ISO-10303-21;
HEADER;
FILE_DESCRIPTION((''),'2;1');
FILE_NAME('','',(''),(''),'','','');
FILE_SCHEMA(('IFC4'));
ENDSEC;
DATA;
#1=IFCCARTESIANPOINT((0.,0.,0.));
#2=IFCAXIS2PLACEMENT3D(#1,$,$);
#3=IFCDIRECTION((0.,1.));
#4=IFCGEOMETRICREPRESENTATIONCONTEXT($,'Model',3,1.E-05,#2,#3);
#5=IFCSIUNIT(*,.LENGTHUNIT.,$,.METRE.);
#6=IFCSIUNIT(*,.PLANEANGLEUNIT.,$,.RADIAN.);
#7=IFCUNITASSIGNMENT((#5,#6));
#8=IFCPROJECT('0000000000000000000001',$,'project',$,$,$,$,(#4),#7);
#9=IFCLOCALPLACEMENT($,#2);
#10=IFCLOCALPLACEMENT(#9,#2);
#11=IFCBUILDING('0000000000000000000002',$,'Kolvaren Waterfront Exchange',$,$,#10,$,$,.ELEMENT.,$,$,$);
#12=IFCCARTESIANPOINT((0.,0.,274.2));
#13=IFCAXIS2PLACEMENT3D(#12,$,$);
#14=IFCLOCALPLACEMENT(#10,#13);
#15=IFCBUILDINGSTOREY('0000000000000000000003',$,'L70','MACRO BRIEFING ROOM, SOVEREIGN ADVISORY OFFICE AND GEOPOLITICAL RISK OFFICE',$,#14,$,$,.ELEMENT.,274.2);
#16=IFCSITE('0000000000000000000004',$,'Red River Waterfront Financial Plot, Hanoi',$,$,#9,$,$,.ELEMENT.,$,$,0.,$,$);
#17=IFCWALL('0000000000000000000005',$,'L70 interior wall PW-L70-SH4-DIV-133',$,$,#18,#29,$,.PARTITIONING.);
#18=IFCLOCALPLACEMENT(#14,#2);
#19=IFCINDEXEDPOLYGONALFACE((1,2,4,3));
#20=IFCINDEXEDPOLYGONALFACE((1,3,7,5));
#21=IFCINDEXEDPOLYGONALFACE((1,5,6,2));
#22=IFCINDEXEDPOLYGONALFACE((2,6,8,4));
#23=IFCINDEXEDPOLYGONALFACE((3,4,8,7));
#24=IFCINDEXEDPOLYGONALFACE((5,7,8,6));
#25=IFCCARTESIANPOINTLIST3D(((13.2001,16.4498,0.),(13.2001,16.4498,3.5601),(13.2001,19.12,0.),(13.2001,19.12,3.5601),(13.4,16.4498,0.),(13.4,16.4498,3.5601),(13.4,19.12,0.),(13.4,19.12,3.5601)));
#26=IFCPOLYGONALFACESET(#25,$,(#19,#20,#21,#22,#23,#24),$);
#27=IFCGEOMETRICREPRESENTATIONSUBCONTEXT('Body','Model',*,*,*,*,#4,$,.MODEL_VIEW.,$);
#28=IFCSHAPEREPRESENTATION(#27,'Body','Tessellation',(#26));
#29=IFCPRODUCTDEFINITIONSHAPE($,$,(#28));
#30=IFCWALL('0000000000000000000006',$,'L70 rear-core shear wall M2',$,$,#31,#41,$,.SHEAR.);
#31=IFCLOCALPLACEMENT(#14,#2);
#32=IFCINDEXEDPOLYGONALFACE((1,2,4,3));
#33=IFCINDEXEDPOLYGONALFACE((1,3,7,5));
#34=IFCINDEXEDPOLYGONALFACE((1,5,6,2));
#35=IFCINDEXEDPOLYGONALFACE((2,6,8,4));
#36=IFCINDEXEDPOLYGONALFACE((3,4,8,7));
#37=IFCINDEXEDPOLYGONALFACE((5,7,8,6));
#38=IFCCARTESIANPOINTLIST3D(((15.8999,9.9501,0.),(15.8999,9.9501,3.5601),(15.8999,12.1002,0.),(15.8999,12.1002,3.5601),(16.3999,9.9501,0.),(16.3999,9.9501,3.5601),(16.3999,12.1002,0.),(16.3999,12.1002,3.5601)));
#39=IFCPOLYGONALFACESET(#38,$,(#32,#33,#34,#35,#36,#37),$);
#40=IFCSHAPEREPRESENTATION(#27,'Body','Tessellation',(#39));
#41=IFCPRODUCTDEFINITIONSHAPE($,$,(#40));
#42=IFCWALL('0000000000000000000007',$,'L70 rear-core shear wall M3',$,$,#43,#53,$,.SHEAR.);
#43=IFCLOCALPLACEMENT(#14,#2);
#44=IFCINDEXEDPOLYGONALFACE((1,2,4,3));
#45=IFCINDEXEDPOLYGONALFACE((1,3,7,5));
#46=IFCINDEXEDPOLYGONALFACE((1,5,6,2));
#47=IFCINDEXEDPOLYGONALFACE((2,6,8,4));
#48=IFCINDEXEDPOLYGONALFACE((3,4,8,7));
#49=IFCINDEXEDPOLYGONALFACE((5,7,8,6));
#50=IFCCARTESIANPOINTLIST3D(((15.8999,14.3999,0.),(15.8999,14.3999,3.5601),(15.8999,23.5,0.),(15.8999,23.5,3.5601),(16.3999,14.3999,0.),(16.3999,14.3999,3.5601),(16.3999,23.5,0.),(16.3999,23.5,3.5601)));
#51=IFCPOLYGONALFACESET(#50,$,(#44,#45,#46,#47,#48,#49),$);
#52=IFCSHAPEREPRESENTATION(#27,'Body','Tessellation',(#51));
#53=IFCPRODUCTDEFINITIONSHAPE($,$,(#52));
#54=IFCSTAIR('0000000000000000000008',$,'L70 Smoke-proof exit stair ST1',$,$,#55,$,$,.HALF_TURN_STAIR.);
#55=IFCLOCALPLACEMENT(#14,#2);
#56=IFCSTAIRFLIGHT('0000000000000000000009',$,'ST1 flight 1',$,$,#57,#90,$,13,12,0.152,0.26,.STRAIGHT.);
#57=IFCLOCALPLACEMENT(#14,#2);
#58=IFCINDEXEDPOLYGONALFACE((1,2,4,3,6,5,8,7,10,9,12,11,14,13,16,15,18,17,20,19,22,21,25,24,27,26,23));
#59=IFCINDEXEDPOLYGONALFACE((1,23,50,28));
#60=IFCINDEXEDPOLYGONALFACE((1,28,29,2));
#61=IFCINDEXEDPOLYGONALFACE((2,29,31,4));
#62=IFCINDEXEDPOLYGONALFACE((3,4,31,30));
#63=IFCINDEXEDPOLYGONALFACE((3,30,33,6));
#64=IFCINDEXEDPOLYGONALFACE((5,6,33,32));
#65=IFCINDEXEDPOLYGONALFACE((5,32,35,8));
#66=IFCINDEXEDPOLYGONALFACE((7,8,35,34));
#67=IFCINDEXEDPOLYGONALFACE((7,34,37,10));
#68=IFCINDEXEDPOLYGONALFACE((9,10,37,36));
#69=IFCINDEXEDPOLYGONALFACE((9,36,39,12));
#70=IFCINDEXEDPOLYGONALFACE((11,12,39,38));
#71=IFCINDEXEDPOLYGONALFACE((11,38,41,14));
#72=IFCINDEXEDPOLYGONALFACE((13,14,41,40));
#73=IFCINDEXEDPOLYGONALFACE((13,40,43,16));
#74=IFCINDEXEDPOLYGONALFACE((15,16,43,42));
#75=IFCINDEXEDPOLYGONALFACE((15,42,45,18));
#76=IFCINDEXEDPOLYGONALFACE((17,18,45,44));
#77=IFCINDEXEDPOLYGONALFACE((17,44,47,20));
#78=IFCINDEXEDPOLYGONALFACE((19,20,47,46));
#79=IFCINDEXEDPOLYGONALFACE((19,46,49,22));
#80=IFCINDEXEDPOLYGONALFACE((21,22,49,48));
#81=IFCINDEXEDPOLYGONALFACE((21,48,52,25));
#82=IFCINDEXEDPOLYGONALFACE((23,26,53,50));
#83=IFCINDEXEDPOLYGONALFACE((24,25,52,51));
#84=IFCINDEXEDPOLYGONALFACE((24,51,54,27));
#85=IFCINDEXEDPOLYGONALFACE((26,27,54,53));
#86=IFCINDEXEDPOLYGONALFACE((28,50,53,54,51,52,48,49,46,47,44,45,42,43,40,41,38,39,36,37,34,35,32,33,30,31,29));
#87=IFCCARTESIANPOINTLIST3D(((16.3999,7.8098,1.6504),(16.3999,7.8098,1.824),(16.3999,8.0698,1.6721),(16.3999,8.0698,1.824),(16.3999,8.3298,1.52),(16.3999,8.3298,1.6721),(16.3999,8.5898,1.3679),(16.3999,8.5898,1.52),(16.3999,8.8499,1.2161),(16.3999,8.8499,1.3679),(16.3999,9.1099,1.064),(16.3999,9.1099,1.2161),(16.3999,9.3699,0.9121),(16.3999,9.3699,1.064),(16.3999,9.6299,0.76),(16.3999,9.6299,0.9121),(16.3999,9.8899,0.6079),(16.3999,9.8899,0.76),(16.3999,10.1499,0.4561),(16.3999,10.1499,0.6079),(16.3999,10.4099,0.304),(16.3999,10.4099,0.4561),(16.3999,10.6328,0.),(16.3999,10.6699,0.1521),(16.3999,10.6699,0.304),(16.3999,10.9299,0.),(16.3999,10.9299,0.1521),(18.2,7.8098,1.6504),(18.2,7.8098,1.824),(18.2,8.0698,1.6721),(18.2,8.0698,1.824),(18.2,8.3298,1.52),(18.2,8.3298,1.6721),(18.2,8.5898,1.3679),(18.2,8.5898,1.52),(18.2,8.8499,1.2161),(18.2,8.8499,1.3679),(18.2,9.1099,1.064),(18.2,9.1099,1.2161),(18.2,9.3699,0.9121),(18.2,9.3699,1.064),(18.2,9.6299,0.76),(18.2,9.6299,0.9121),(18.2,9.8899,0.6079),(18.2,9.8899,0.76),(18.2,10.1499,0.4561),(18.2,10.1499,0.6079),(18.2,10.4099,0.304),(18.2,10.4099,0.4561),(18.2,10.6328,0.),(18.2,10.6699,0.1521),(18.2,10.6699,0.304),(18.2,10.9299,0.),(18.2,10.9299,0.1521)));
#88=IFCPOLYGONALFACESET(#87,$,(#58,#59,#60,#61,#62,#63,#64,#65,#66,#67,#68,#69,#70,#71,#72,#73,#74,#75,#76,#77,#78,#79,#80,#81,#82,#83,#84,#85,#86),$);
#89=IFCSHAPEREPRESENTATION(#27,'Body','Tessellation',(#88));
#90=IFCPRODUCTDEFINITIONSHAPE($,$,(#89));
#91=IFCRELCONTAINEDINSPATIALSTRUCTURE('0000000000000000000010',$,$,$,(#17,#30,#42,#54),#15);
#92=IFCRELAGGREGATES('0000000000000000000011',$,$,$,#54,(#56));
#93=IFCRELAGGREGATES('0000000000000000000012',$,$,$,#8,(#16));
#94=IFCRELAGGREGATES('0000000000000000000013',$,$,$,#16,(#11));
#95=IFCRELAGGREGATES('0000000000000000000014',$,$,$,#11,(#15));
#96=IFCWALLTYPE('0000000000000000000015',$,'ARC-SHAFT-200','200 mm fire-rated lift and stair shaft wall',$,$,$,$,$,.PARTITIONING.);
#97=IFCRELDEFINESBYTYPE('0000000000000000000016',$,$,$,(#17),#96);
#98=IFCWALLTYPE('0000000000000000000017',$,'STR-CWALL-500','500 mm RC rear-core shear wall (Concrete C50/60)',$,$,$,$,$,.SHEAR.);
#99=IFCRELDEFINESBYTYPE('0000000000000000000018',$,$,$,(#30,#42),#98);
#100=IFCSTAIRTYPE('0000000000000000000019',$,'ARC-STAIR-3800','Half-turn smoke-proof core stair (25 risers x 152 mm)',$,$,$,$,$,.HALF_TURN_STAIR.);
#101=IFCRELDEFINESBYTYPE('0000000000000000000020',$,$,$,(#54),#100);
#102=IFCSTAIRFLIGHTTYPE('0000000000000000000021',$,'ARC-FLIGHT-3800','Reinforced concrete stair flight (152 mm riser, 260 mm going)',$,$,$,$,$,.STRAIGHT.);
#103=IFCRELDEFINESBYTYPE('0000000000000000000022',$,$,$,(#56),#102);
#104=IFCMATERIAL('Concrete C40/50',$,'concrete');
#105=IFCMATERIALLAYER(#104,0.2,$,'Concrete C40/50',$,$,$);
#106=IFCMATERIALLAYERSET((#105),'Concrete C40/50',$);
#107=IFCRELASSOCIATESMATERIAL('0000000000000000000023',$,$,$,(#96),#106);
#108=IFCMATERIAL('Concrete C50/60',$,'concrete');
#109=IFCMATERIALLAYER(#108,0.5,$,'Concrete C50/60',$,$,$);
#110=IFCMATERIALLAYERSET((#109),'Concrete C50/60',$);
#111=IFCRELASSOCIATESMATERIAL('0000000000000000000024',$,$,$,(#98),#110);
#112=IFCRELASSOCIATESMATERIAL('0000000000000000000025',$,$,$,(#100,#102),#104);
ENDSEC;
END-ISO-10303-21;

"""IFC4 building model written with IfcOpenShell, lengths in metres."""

from ifc_helpers import new_model, si_unit, direction, frame, frame_2d, origin, place, context, subcontext, project, spatial, polyline, rectangle, outline, extrude, material, layer, layer_set, type_object, element, aggregate, save


model = new_model("IFC4")

# Units and contexts
model_context = context("Model", 3, precision=1e-05, world=origin(), true_north=direction((0.0, 1.0)))
body_context = subcontext(model_context, "Body", "Model", "MODEL_VIEW")
ifc_project = project(units=[si_unit("LENGTHUNIT", "METRE"), si_unit("PLANEANGLEUNIT", "RADIAN")], contexts=[model_context])

# Site, building, storey
site_placement = place(None, origin())
site = spatial("IfcSite", under=ifc_project, at=site_placement, Name="Red River Waterfront Financial Plot, Hanoi", CompositionType="ELEMENT", RefElevation=0.0)
building_placement = place(site_placement, origin())
building = spatial("IfcBuilding", under=site, at=building_placement, Name="Kolvaren Waterfront Exchange", CompositionType="ELEMENT")
storey_placement = place(building_placement, frame((0.0, 0.0, 274.2)))
storey = spatial("IfcBuildingStorey", under=building, at=storey_placement, Name="L70", Description="MACRO BRIEFING ROOM, SOVEREIGN ADVISORY OFFICE AND GEOPOLITICAL RISK OFFICE", CompositionType="ELEMENT", Elevation=274.2)

# Walls
ifc_material_1 = material(Name="Concrete C40/50", Category="concrete")
ifc_layer_1 = layer(ifc_material_1, 0.2, Name="Concrete C40/50")
ifc_layer_set_1 = layer_set([ifc_layer_1], Name="Concrete C40/50")
wall_type_1 = type_object("IfcWallType", Name="ARC-SHAFT-200", Description="200 mm fire-rated lift and stair shaft wall", PredefinedType="PARTITIONING", material=ifc_layer_set_1)
for number, where, z_axis, x_axis, name in (
    (1, (13.3, 16.45, 0.0), (0.0, 0.0, 1.0), (0.0, 1.0, 0.0), "L70 interior wall PW-L70-SH4-DIV-133"),
):
    element("IfcWall", number, at=place(storey_placement, frame(where, z_axis=z_axis, x_axis=x_axis)), inside=storey, type_object=wall_type_1, Name=name, PredefinedType="PARTITIONING", context=body_context, shape_type="SweptSolid", body=[
        extrude(rectangle(XDim=2.6702, YDim=0.2, at=frame_2d((1.335, 0.0))), origin(), (0.0, 0.0, 1.0), 3.5601),
    ])
ifc_material_2 = material(Name="Concrete C50/60", Category="concrete")
ifc_layer_2 = layer(ifc_material_2, 0.5, Name="Concrete C50/60")
ifc_layer_set_2 = layer_set([ifc_layer_2], Name="Concrete C50/60")
wall_type_2 = type_object("IfcWallType", Name="STR-CWALL-500", Description="500 mm RC rear-core shear wall (Concrete C50/60)", PredefinedType="SHEAR", material=ifc_layer_set_2)
wall_1_placement = place(storey_placement, frame((16.1499, 9.95, 0.0), z_axis=(0.0, 0.0, 1.0), x_axis=(0.0, 1.0, 0.0)))
element("IfcWall", 2, at=wall_1_placement, inside=storey, type_object=wall_type_2, Name="L70 rear-core shear wall M2", PredefinedType="SHEAR", context=body_context, shape_type="SweptSolid", body=[
    extrude(rectangle(XDim=2.1501, YDim=0.5, at=frame_2d((1.0752, 0.0))), origin(), (0.0, 0.0, 1.0), 3.5601),
])
wall_2_placement = place(storey_placement, frame((16.1499, 14.3999, 0.0), z_axis=(0.0, 0.0, 1.0), x_axis=(0.0, 1.0, 0.0)))
element("IfcWall", 3, at=wall_2_placement, inside=storey, type_object=wall_type_2, Name="L70 rear-core shear wall M3", PredefinedType="SHEAR", context=body_context, shape_type="SweptSolid", body=[
    extrude(rectangle(XDim=9.1001, YDim=0.5, at=frame_2d((4.55, 0.0))), origin(), (0.0, 0.0, 1.0), 3.5601),
])

# Stair, stair flight
stair_type = type_object("IfcStairType", Name="ARC-STAIR-3800", Description="Half-turn smoke-proof core stair (25 risers x 152 mm)", PredefinedType="HALF_TURN_STAIR", material=ifc_material_1)
stair_placement = place(storey_placement, origin())
stair = element("IfcStair", 4, at=stair_placement, inside=storey, type_object=stair_type, Name="L70 Smoke-proof exit stair ST1", PredefinedType="HALF_TURN_STAIR")
stair_flight_type = type_object("IfcStairFlightType", Name="ARC-FLIGHT-3800", Description="Reinforced concrete stair flight (152 mm riser, 260 mm going)", PredefinedType="STRAIGHT", material=ifc_material_1)
stair_flight_placement = place(storey_placement, frame((17.3, 10.9299, 0.0), z_axis=(0.0, 0.0, 1.0), x_axis=(0.0, -1.0, 0.0)))
stair_flight = element("IfcStairFlight", 5, at=stair_flight_placement, type_object=stair_flight_type, Name="ST1 flight 1", NumberOfRisers=13, NumberOfTreads=12, PredefinedType="STRAIGHT", RiserHeight=0.152, TreadLength=0.26, context=body_context, shape_type="SweptSolid", body=[
    extrude(outline(polyline([(0.0, 0.0), (0.0, 0.1521), (0.26, 0.1521), (0.26, 0.304), (0.52, 0.304), (0.52, 0.4561), (0.78, 0.4561), (0.78, 0.6079), (1.04, 0.6079), (1.04, 0.76), (1.3, 0.76), (1.3, 0.9121), (1.5601, 0.9121), (1.5601, 1.064), (1.8201, 1.064), (1.8201, 1.2161), (2.0801, 1.2161), (2.0801, 1.3679), (2.3401, 1.3679), (2.3401, 1.52), (2.6001, 1.52), (2.6001, 1.6721), (2.8601, 1.6721), (2.8601, 1.824), (3.1201, 1.824), (3.1201, 1.9761), (3.1201, 1.6504), (0.2971, 0.0), (0.0, 0.0)])), frame((0.0, 0.8999, 0.0), z_axis=(0.0, -1.0, 0.0), x_axis=(1.0, 0.0, 0.0)), (0.0, 0.0, 1.0), 1.8),
])
aggregate(stair, [stair_flight])

save(model, "model.ifc")
